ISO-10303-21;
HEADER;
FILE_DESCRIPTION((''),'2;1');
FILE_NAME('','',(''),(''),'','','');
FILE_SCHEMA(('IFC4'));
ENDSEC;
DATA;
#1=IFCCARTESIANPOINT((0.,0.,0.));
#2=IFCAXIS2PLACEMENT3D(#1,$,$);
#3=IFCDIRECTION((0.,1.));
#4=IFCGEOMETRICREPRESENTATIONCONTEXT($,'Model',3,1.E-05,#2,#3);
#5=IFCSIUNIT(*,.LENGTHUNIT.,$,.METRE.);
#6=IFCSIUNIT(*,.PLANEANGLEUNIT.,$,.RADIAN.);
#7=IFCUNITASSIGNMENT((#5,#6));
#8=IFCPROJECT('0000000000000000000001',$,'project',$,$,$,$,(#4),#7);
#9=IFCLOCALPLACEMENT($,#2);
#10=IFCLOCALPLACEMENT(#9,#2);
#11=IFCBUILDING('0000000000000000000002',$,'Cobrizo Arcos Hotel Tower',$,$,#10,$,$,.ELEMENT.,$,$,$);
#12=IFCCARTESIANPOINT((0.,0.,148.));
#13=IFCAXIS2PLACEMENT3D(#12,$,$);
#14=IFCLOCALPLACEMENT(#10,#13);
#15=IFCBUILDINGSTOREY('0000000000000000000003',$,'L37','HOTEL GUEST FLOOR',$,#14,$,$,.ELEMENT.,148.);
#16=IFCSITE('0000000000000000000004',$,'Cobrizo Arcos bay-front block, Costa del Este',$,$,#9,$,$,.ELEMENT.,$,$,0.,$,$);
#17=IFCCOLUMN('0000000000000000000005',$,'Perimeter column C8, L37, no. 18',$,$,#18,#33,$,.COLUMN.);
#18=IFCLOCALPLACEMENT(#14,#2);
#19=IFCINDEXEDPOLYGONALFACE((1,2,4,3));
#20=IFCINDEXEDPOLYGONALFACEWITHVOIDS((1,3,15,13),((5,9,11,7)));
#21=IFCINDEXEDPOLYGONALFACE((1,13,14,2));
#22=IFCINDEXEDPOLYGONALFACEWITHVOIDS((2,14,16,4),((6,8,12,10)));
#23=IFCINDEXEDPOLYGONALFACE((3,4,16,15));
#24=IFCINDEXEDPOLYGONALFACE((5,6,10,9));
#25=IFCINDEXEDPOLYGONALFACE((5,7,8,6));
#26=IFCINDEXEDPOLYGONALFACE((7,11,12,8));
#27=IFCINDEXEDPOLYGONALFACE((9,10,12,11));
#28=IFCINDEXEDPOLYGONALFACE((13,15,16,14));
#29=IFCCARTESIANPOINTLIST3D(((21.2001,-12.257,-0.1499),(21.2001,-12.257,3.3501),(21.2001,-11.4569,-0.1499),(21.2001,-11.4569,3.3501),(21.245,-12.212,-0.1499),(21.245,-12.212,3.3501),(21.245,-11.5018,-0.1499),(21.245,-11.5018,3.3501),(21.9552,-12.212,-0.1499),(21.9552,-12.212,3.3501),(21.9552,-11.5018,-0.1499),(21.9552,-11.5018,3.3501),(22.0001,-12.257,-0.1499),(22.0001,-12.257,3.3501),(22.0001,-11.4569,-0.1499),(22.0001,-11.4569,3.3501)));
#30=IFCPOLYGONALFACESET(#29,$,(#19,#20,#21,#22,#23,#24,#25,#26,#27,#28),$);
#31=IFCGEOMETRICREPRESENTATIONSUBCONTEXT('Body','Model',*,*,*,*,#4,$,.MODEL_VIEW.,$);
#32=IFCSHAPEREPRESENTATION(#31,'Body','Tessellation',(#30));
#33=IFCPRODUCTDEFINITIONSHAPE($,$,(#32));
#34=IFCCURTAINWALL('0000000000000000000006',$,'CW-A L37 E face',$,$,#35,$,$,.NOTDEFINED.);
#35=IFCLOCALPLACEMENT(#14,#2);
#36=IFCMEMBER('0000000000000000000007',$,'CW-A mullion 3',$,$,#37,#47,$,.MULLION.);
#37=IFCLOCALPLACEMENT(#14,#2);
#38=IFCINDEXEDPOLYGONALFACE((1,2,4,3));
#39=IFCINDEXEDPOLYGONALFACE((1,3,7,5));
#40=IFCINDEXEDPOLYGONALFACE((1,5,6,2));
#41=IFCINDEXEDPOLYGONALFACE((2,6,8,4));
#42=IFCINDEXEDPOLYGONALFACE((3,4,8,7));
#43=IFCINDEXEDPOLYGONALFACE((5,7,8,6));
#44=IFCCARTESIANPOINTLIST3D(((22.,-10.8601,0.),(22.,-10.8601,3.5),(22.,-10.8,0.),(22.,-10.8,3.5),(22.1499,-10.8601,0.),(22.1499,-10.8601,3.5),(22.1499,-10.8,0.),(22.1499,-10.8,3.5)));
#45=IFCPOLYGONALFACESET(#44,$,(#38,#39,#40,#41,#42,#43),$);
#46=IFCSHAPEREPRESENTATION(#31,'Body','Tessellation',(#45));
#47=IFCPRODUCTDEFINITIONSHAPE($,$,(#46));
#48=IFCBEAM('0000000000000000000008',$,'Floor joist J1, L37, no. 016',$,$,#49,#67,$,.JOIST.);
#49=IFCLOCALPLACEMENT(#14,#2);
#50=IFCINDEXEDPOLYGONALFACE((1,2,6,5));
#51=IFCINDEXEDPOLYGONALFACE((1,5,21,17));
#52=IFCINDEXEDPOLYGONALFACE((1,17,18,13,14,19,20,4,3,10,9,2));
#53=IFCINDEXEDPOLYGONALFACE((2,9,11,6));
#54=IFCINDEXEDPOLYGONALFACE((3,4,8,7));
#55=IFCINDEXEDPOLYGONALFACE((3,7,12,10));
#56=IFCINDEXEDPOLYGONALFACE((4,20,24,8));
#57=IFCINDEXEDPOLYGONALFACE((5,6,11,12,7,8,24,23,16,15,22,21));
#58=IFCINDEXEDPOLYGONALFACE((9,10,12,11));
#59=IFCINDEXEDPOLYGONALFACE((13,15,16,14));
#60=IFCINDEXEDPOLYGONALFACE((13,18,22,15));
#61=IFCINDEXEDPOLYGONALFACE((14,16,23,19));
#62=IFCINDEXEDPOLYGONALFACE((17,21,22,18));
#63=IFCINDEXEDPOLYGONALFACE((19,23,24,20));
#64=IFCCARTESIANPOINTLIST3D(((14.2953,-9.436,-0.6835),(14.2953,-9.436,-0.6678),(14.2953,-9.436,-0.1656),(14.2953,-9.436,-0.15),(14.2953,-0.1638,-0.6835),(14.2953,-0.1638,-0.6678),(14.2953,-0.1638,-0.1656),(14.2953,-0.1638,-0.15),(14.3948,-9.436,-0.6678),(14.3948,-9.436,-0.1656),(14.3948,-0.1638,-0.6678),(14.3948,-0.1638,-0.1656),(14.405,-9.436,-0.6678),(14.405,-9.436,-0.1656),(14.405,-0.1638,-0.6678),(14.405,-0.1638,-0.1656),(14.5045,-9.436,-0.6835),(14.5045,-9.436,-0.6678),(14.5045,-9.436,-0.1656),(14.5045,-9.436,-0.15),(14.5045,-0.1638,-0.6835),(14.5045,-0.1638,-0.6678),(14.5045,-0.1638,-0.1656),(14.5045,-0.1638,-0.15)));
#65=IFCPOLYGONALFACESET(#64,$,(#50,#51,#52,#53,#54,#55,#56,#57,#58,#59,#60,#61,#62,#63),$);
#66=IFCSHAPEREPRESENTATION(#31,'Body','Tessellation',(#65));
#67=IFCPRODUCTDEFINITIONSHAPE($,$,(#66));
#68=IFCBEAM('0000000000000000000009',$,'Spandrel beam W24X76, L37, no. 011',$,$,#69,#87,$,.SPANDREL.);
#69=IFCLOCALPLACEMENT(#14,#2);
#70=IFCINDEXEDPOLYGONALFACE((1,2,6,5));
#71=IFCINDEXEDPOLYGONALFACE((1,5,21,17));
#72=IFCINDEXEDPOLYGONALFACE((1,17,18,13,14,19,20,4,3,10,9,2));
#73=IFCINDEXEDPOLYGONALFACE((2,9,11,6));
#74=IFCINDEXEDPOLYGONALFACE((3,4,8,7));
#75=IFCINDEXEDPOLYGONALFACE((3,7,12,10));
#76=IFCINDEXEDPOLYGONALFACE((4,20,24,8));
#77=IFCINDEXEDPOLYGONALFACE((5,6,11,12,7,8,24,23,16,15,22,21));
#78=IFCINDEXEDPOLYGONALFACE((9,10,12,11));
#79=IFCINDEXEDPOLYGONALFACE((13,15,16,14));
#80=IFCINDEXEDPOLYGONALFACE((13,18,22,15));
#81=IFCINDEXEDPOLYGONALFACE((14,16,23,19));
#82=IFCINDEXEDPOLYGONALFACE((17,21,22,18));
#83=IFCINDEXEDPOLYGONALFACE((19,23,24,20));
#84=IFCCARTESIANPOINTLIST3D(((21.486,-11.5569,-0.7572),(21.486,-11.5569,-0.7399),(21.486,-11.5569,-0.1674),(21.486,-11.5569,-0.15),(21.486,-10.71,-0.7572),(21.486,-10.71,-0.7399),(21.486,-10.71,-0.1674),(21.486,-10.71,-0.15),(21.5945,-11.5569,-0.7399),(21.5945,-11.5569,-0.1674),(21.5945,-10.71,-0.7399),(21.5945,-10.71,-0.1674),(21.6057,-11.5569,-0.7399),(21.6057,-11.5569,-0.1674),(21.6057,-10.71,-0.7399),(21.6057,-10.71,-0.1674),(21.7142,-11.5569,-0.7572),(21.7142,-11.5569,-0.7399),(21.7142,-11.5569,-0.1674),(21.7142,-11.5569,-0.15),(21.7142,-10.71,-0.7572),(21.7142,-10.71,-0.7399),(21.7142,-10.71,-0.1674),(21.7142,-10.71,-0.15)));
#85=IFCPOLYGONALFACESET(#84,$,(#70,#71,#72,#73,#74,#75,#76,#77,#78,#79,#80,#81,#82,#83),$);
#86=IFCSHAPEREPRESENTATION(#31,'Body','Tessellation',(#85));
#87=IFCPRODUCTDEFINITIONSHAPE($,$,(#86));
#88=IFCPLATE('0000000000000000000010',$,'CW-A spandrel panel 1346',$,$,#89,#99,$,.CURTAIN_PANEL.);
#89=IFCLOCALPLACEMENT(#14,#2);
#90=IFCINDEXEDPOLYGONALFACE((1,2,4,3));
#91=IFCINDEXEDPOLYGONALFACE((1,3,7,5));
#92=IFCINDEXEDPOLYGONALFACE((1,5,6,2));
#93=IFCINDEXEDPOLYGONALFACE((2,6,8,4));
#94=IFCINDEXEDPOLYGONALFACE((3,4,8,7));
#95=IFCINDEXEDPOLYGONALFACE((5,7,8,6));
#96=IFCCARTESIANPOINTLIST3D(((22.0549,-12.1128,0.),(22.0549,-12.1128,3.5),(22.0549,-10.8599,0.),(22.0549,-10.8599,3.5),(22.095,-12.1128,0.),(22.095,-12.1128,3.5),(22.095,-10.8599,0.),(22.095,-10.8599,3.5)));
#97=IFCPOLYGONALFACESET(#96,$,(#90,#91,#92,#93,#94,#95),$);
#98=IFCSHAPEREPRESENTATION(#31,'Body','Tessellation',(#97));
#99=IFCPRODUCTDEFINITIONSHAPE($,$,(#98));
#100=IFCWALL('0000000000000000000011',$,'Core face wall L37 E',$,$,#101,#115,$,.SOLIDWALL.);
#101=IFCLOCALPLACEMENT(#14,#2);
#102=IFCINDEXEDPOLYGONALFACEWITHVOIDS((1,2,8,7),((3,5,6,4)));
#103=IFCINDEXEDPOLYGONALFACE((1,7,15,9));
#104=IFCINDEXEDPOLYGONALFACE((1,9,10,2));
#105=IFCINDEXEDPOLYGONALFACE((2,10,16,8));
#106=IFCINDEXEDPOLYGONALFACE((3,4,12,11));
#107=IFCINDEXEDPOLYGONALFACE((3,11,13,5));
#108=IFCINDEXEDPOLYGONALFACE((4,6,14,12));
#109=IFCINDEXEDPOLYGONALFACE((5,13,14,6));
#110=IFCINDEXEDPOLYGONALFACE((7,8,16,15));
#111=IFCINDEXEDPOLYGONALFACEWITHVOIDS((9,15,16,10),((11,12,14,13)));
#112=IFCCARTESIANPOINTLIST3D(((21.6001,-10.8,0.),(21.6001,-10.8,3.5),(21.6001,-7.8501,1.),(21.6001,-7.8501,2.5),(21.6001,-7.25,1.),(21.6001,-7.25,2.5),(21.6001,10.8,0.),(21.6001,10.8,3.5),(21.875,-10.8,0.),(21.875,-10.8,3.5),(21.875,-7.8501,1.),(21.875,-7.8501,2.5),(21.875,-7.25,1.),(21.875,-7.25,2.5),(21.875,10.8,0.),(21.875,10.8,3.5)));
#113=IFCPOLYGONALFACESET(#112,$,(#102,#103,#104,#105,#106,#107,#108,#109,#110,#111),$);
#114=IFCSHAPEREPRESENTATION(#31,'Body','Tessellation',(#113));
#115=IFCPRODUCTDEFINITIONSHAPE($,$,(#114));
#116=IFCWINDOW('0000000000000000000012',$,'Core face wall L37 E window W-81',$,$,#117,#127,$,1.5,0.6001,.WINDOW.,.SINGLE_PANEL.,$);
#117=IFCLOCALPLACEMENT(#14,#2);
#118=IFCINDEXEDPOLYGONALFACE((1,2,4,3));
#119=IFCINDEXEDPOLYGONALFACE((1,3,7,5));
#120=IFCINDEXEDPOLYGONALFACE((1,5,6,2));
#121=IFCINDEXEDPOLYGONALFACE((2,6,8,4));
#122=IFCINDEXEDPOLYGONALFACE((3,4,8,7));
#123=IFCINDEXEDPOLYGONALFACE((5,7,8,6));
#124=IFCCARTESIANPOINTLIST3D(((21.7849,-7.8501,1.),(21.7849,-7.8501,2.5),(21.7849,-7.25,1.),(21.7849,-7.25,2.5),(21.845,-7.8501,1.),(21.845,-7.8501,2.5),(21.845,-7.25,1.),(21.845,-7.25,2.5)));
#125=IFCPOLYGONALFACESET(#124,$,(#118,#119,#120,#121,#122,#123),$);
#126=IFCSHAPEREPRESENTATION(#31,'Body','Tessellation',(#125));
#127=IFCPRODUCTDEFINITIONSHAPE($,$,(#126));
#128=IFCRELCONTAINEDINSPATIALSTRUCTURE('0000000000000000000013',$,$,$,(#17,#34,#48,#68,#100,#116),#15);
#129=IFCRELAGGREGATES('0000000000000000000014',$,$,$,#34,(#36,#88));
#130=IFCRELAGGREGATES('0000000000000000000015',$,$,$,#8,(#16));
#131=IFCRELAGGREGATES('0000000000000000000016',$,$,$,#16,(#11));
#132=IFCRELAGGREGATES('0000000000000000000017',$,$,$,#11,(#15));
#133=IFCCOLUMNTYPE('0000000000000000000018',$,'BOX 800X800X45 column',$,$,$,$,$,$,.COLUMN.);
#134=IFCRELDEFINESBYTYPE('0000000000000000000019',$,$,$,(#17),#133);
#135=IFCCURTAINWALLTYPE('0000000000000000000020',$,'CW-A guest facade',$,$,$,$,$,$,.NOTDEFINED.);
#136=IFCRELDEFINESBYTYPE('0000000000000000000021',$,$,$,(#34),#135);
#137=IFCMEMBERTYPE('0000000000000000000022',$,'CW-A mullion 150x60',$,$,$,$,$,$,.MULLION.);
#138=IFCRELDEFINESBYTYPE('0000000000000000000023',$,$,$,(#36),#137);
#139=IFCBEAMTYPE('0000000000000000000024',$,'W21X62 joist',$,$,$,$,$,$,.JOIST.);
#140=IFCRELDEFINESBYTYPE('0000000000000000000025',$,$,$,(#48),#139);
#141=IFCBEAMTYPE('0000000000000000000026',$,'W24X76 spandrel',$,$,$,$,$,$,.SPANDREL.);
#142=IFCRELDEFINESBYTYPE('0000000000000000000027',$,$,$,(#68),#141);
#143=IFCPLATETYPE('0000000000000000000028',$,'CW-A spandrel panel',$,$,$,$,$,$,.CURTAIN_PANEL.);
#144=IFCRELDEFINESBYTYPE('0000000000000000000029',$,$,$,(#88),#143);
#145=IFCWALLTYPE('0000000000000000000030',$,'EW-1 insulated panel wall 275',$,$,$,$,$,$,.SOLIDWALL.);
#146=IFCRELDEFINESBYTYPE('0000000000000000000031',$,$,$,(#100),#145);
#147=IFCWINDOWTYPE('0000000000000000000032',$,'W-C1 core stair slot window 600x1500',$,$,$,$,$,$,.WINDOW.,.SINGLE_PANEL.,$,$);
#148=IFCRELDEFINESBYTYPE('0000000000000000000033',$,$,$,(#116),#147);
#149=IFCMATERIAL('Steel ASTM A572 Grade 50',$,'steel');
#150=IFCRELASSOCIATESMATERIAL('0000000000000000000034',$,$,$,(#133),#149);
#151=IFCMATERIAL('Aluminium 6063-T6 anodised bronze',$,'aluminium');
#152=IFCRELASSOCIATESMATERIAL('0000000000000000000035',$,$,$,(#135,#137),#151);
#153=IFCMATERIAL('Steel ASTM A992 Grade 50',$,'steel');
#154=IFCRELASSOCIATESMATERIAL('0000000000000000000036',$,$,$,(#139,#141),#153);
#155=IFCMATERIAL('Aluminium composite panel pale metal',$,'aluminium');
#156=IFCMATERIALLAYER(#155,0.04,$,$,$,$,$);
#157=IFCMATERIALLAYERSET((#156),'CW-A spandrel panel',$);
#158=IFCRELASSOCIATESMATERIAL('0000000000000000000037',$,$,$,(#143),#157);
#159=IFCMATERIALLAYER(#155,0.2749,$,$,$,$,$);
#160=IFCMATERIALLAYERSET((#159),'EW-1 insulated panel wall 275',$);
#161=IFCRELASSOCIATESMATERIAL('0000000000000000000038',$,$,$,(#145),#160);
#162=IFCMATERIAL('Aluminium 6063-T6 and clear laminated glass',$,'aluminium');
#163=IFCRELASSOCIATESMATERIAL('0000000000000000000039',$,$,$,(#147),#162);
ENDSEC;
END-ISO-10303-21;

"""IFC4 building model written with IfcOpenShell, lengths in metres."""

from ifc_helpers import new_model, si_unit, direction, frame, frame_2d, origin, origin_2d, place, context, subcontext, project, spatial, rectangle, hollow_rectangle, i_section, extrude, material, layer, layer_set, material_profile, profile_set, type_object, element, fill, aggregate, save


model = new_model("IFC4")

# Units and contexts
model_context = context("Model", 3, precision=1e-05, world=origin(), true_north=direction((0.0, 1.0)))
body_context = subcontext(model_context, "Body", "Model", "MODEL_VIEW")
ifc_project = project(units=[si_unit("LENGTHUNIT", "METRE"), si_unit("PLANEANGLEUNIT", "RADIAN")], contexts=[model_context])

# Site, building, storey
site_placement = place(None, origin())
site = spatial("IfcSite", under=ifc_project, at=site_placement, Name="Cobrizo Arcos bay-front block, Costa del Este", CompositionType="ELEMENT", RefElevation=0.0)
building_placement = place(site_placement, origin())
building = spatial("IfcBuilding", under=site, at=building_placement, Name="Cobrizo Arcos Hotel Tower", CompositionType="ELEMENT")
storey_placement = place(building_placement, frame((0.0, 0.0, 148.0)))
storey = spatial("IfcBuildingStorey", under=building, at=storey_placement, Name="L37", Description="HOTEL GUEST FLOOR", CompositionType="ELEMENT", Elevation=148.0)

# Column
ifc_material_1 = material(Name="Steel ASTM A572 Grade 50", Category="steel")
ifc_material_profile_1 = material_profile(ifc_material_1, hollow_rectangle(XDim=0.8, YDim=0.8, WallThickness=0.0449, at=origin_2d()), Name="BOX 800X800X45")
ifc_profile_set_1 = profile_set([ifc_material_profile_1], Name="Steel ASTM A572 Grade 50")
column_type = type_object("IfcColumnType", Name="BOX 800X800X45 column", PredefinedType="COLUMN", material=ifc_profile_set_1)
column_placement = place(storey_placement, frame((21.6001, -11.8569, -0.1499), z_axis=(0.0, 0.0, 1.0), x_axis=(1.0, 0.0, 0.0)))
element("IfcColumn", 1, at=column_placement, inside=storey, type_object=column_type, Name="Perimeter column C8, L37, no. 18", PredefinedType="COLUMN", context=body_context, shape_type="SweptSolid", body=[
    extrude(hollow_rectangle(XDim=0.8, YDim=0.8, WallThickness=0.0449, at=origin_2d()), origin(), (0.0, 0.0, 1.0), 3.5),
])

# Curtain wall, member
ifc_material_2 = material(Name="Aluminium 6063-T6 anodised bronze", Category="aluminium")
curtain_wall_type = type_object("IfcCurtainWallType", Name="CW-A guest facade", PredefinedType="NOTDEFINED", material=ifc_material_2)
curtain_wall_placement = place(storey_placement, origin())
curtain_wall = element("IfcCurtainWall", 2, at=curtain_wall_placement, inside=storey, type_object=curtain_wall_type, Name="CW-A L37 E face", PredefinedType="NOTDEFINED")
ifc_material_profile_2 = material_profile(ifc_material_2, rectangle(XDim=0.1499, YDim=0.0601, at=origin_2d()), Name="CW-A mullion 150x60")
ifc_profile_set_2 = profile_set([ifc_material_profile_2], Name="Aluminium 6063-T6 anodised bronze")
member_type = type_object("IfcMemberType", Name="CW-A mullion 150x60", PredefinedType="MULLION", material=ifc_profile_set_2)
member_placement = place(storey_placement, frame((22.075, -10.8301, 0.0), z_axis=(0.0, 0.0, 1.0), x_axis=(1.0, 0.0, 0.0)))
member = element("IfcMember", 3, at=member_placement, type_object=member_type, Name="CW-A mullion 3", PredefinedType="MULLION", context=body_context, shape_type="SweptSolid", body=[
    extrude(rectangle(XDim=0.1499, YDim=0.0601, at=origin_2d()), origin(), (0.0, 0.0, 1.0), 3.5),
])

# Beams
ifc_material_3 = material(Name="Steel ASTM A992 Grade 50", Category="steel")
ifc_material_profile_3 = material_profile(ifc_material_3, i_section(OverallWidth=0.2092, OverallDepth=0.5334, WebThickness=0.0103, FlangeThickness=0.0156, at=origin_2d()), Name="W21X62")
ifc_profile_set_3 = profile_set([ifc_material_profile_3], Name="Steel ASTM A992 Grade 50")
beam_type_1 = type_object("IfcBeamType", Name="W21X62 joist", PredefinedType="JOIST", material=ifc_profile_set_3)
beam_1_placement = place(storey_placement, frame((14.3999, -9.436, -0.4167), z_axis=(0.0, 1.0, 0.0), x_axis=(-1.0, 0.0, 0.0)))
element("IfcBeam", 4, at=beam_1_placement, inside=storey, type_object=beam_type_1, Name="Floor joist J1, L37, no. 016", PredefinedType="JOIST", context=body_context, shape_type="SweptSolid", body=[
    extrude(i_section(OverallWidth=0.2092, OverallDepth=0.5334, WebThickness=0.0103, FlangeThickness=0.0156, at=origin_2d()), origin(), (0.0, 0.0, 1.0), 9.2722),
])
ifc_material_profile_4 = material_profile(ifc_material_3, i_section(OverallWidth=0.2283, OverallDepth=0.6072, WebThickness=0.0112, FlangeThickness=0.0173, at=origin_2d()), Name="W24X76")
ifc_profile_set_4 = profile_set([ifc_material_profile_4], Name="Steel ASTM A992 Grade 50")
beam_type_2 = type_object("IfcBeamType", Name="W24X76 spandrel", PredefinedType="SPANDREL", material=ifc_profile_set_4)
beam_2_placement = place(storey_placement, frame((21.6001, -11.5569, -0.4536), z_axis=(0.0, 1.0, 0.0), x_axis=(-1.0, 0.0, 0.0)))
element("IfcBeam", 5, at=beam_2_placement, inside=storey, type_object=beam_type_2, Name="Spandrel beam W24X76, L37, no. 011", PredefinedType="SPANDREL", context=body_context, shape_type="SweptSolid", body=[
    extrude(i_section(OverallWidth=0.2283, OverallDepth=0.6072, WebThickness=0.0112, FlangeThickness=0.0173, at=origin_2d()), origin(), (0.0, 0.0, 1.0), 0.8469),
])

# Plate
ifc_material_4 = material(Name="Aluminium composite panel pale metal", Category="aluminium")
ifc_layer_1 = layer(ifc_material_4, 0.04)
ifc_layer_set_1 = layer_set([ifc_layer_1], Name="CW-A spandrel panel")
plate_type = type_object("IfcPlateType", Name="CW-A spandrel panel", PredefinedType="CURTAIN_PANEL", material=ifc_layer_set_1)
plate_placement = place(storey_placement, frame((22.075, -11.4863, 0.0), z_axis=(0.0, 0.0, 1.0), x_axis=(0.0, 1.0, 0.0)))
plate = element("IfcPlate", 6, at=plate_placement, type_object=plate_type, Name="CW-A spandrel panel 1346", PredefinedType="CURTAIN_PANEL", context=body_context, shape_type="SweptSolid", body=[
    extrude(rectangle(XDim=1.2529, YDim=0.04, at=origin_2d()), origin(), (0.0, 0.0, 1.0), 3.5),
])
aggregate(curtain_wall, [member, plate])

# Wall, opening, window
ifc_layer_2 = layer(ifc_material_4, 0.2749)
ifc_layer_set_2 = layer_set([ifc_layer_2], Name="EW-1 insulated panel wall 275")
wall_type_1 = type_object("IfcWallType", Name="EW-1 insulated panel wall 275", PredefinedType="SOLIDWALL", material=ifc_layer_set_2)
wall_1_placement = place(storey_placement, frame((21.7375, -10.8, 0.0), z_axis=(0.0, 0.0, 1.0), x_axis=(0.0, 1.0, 0.0)))
wall_1 = element("IfcWall", 7, at=wall_1_placement, inside=storey, type_object=wall_type_1, Name="Core face wall L37 E", PredefinedType="SOLIDWALL", context=body_context, shape_type="SweptSolid", body=[
    extrude(rectangle(XDim=21.6001, YDim=0.2749, at=frame_2d((10.8, 0.0))), origin(), (0.0, 0.0, 1.0), 3.5),
])
opening_1_placement = place(wall_1_placement, frame((2.95, 0.0, 1.0)))
opening_1 = element("IfcOpeningElement", 8, at=opening_1_placement, cuts=wall_1, PredefinedType="OPENING", context=body_context, shape_type="SweptSolid", body=[
    extrude(rectangle(XDim=0.6001, YDim=1.5, at=frame_2d((0.3, 0.75))), frame((0.0, 0.1494, 0.0), z_axis=(0.0, -1.0, 0.0), x_axis=(1.0, 0.0, 0.0)), (0.0, 0.0, 1.0), 0.2988),
])
ifc_material_5 = material(Name="Aluminium 6063-T6 and clear laminated glass", Category="aluminium")
window_type = type_object("IfcWindowType", Name="W-C1 core stair slot window 600x1500", PartitioningType="SINGLE_PANEL", PredefinedType="WINDOW", material=ifc_material_5)
window_placement = place(opening_1_placement, origin())
window = element("IfcWindow", 9, at=window_placement, inside=storey, type_object=window_type, Name="Core face wall L37 E window W-81", OverallHeight=1.5, OverallWidth=0.6001, PartitioningType="SINGLE_PANEL", PredefinedType="WINDOW", context=body_context, shape_type="SweptSolid", body=[
    extrude(rectangle(XDim=0.6001, YDim=1.5, at=frame_2d((0.3, 0.75))), frame((0.0, -0.0474, 0.0), z_axis=(0.0, -1.0, 0.0), x_axis=(1.0, 0.0, 0.0)), (0.0, 0.0, 1.0), 0.0601),
])
fill(opening_1, window)

save(model, "model.ifc")
